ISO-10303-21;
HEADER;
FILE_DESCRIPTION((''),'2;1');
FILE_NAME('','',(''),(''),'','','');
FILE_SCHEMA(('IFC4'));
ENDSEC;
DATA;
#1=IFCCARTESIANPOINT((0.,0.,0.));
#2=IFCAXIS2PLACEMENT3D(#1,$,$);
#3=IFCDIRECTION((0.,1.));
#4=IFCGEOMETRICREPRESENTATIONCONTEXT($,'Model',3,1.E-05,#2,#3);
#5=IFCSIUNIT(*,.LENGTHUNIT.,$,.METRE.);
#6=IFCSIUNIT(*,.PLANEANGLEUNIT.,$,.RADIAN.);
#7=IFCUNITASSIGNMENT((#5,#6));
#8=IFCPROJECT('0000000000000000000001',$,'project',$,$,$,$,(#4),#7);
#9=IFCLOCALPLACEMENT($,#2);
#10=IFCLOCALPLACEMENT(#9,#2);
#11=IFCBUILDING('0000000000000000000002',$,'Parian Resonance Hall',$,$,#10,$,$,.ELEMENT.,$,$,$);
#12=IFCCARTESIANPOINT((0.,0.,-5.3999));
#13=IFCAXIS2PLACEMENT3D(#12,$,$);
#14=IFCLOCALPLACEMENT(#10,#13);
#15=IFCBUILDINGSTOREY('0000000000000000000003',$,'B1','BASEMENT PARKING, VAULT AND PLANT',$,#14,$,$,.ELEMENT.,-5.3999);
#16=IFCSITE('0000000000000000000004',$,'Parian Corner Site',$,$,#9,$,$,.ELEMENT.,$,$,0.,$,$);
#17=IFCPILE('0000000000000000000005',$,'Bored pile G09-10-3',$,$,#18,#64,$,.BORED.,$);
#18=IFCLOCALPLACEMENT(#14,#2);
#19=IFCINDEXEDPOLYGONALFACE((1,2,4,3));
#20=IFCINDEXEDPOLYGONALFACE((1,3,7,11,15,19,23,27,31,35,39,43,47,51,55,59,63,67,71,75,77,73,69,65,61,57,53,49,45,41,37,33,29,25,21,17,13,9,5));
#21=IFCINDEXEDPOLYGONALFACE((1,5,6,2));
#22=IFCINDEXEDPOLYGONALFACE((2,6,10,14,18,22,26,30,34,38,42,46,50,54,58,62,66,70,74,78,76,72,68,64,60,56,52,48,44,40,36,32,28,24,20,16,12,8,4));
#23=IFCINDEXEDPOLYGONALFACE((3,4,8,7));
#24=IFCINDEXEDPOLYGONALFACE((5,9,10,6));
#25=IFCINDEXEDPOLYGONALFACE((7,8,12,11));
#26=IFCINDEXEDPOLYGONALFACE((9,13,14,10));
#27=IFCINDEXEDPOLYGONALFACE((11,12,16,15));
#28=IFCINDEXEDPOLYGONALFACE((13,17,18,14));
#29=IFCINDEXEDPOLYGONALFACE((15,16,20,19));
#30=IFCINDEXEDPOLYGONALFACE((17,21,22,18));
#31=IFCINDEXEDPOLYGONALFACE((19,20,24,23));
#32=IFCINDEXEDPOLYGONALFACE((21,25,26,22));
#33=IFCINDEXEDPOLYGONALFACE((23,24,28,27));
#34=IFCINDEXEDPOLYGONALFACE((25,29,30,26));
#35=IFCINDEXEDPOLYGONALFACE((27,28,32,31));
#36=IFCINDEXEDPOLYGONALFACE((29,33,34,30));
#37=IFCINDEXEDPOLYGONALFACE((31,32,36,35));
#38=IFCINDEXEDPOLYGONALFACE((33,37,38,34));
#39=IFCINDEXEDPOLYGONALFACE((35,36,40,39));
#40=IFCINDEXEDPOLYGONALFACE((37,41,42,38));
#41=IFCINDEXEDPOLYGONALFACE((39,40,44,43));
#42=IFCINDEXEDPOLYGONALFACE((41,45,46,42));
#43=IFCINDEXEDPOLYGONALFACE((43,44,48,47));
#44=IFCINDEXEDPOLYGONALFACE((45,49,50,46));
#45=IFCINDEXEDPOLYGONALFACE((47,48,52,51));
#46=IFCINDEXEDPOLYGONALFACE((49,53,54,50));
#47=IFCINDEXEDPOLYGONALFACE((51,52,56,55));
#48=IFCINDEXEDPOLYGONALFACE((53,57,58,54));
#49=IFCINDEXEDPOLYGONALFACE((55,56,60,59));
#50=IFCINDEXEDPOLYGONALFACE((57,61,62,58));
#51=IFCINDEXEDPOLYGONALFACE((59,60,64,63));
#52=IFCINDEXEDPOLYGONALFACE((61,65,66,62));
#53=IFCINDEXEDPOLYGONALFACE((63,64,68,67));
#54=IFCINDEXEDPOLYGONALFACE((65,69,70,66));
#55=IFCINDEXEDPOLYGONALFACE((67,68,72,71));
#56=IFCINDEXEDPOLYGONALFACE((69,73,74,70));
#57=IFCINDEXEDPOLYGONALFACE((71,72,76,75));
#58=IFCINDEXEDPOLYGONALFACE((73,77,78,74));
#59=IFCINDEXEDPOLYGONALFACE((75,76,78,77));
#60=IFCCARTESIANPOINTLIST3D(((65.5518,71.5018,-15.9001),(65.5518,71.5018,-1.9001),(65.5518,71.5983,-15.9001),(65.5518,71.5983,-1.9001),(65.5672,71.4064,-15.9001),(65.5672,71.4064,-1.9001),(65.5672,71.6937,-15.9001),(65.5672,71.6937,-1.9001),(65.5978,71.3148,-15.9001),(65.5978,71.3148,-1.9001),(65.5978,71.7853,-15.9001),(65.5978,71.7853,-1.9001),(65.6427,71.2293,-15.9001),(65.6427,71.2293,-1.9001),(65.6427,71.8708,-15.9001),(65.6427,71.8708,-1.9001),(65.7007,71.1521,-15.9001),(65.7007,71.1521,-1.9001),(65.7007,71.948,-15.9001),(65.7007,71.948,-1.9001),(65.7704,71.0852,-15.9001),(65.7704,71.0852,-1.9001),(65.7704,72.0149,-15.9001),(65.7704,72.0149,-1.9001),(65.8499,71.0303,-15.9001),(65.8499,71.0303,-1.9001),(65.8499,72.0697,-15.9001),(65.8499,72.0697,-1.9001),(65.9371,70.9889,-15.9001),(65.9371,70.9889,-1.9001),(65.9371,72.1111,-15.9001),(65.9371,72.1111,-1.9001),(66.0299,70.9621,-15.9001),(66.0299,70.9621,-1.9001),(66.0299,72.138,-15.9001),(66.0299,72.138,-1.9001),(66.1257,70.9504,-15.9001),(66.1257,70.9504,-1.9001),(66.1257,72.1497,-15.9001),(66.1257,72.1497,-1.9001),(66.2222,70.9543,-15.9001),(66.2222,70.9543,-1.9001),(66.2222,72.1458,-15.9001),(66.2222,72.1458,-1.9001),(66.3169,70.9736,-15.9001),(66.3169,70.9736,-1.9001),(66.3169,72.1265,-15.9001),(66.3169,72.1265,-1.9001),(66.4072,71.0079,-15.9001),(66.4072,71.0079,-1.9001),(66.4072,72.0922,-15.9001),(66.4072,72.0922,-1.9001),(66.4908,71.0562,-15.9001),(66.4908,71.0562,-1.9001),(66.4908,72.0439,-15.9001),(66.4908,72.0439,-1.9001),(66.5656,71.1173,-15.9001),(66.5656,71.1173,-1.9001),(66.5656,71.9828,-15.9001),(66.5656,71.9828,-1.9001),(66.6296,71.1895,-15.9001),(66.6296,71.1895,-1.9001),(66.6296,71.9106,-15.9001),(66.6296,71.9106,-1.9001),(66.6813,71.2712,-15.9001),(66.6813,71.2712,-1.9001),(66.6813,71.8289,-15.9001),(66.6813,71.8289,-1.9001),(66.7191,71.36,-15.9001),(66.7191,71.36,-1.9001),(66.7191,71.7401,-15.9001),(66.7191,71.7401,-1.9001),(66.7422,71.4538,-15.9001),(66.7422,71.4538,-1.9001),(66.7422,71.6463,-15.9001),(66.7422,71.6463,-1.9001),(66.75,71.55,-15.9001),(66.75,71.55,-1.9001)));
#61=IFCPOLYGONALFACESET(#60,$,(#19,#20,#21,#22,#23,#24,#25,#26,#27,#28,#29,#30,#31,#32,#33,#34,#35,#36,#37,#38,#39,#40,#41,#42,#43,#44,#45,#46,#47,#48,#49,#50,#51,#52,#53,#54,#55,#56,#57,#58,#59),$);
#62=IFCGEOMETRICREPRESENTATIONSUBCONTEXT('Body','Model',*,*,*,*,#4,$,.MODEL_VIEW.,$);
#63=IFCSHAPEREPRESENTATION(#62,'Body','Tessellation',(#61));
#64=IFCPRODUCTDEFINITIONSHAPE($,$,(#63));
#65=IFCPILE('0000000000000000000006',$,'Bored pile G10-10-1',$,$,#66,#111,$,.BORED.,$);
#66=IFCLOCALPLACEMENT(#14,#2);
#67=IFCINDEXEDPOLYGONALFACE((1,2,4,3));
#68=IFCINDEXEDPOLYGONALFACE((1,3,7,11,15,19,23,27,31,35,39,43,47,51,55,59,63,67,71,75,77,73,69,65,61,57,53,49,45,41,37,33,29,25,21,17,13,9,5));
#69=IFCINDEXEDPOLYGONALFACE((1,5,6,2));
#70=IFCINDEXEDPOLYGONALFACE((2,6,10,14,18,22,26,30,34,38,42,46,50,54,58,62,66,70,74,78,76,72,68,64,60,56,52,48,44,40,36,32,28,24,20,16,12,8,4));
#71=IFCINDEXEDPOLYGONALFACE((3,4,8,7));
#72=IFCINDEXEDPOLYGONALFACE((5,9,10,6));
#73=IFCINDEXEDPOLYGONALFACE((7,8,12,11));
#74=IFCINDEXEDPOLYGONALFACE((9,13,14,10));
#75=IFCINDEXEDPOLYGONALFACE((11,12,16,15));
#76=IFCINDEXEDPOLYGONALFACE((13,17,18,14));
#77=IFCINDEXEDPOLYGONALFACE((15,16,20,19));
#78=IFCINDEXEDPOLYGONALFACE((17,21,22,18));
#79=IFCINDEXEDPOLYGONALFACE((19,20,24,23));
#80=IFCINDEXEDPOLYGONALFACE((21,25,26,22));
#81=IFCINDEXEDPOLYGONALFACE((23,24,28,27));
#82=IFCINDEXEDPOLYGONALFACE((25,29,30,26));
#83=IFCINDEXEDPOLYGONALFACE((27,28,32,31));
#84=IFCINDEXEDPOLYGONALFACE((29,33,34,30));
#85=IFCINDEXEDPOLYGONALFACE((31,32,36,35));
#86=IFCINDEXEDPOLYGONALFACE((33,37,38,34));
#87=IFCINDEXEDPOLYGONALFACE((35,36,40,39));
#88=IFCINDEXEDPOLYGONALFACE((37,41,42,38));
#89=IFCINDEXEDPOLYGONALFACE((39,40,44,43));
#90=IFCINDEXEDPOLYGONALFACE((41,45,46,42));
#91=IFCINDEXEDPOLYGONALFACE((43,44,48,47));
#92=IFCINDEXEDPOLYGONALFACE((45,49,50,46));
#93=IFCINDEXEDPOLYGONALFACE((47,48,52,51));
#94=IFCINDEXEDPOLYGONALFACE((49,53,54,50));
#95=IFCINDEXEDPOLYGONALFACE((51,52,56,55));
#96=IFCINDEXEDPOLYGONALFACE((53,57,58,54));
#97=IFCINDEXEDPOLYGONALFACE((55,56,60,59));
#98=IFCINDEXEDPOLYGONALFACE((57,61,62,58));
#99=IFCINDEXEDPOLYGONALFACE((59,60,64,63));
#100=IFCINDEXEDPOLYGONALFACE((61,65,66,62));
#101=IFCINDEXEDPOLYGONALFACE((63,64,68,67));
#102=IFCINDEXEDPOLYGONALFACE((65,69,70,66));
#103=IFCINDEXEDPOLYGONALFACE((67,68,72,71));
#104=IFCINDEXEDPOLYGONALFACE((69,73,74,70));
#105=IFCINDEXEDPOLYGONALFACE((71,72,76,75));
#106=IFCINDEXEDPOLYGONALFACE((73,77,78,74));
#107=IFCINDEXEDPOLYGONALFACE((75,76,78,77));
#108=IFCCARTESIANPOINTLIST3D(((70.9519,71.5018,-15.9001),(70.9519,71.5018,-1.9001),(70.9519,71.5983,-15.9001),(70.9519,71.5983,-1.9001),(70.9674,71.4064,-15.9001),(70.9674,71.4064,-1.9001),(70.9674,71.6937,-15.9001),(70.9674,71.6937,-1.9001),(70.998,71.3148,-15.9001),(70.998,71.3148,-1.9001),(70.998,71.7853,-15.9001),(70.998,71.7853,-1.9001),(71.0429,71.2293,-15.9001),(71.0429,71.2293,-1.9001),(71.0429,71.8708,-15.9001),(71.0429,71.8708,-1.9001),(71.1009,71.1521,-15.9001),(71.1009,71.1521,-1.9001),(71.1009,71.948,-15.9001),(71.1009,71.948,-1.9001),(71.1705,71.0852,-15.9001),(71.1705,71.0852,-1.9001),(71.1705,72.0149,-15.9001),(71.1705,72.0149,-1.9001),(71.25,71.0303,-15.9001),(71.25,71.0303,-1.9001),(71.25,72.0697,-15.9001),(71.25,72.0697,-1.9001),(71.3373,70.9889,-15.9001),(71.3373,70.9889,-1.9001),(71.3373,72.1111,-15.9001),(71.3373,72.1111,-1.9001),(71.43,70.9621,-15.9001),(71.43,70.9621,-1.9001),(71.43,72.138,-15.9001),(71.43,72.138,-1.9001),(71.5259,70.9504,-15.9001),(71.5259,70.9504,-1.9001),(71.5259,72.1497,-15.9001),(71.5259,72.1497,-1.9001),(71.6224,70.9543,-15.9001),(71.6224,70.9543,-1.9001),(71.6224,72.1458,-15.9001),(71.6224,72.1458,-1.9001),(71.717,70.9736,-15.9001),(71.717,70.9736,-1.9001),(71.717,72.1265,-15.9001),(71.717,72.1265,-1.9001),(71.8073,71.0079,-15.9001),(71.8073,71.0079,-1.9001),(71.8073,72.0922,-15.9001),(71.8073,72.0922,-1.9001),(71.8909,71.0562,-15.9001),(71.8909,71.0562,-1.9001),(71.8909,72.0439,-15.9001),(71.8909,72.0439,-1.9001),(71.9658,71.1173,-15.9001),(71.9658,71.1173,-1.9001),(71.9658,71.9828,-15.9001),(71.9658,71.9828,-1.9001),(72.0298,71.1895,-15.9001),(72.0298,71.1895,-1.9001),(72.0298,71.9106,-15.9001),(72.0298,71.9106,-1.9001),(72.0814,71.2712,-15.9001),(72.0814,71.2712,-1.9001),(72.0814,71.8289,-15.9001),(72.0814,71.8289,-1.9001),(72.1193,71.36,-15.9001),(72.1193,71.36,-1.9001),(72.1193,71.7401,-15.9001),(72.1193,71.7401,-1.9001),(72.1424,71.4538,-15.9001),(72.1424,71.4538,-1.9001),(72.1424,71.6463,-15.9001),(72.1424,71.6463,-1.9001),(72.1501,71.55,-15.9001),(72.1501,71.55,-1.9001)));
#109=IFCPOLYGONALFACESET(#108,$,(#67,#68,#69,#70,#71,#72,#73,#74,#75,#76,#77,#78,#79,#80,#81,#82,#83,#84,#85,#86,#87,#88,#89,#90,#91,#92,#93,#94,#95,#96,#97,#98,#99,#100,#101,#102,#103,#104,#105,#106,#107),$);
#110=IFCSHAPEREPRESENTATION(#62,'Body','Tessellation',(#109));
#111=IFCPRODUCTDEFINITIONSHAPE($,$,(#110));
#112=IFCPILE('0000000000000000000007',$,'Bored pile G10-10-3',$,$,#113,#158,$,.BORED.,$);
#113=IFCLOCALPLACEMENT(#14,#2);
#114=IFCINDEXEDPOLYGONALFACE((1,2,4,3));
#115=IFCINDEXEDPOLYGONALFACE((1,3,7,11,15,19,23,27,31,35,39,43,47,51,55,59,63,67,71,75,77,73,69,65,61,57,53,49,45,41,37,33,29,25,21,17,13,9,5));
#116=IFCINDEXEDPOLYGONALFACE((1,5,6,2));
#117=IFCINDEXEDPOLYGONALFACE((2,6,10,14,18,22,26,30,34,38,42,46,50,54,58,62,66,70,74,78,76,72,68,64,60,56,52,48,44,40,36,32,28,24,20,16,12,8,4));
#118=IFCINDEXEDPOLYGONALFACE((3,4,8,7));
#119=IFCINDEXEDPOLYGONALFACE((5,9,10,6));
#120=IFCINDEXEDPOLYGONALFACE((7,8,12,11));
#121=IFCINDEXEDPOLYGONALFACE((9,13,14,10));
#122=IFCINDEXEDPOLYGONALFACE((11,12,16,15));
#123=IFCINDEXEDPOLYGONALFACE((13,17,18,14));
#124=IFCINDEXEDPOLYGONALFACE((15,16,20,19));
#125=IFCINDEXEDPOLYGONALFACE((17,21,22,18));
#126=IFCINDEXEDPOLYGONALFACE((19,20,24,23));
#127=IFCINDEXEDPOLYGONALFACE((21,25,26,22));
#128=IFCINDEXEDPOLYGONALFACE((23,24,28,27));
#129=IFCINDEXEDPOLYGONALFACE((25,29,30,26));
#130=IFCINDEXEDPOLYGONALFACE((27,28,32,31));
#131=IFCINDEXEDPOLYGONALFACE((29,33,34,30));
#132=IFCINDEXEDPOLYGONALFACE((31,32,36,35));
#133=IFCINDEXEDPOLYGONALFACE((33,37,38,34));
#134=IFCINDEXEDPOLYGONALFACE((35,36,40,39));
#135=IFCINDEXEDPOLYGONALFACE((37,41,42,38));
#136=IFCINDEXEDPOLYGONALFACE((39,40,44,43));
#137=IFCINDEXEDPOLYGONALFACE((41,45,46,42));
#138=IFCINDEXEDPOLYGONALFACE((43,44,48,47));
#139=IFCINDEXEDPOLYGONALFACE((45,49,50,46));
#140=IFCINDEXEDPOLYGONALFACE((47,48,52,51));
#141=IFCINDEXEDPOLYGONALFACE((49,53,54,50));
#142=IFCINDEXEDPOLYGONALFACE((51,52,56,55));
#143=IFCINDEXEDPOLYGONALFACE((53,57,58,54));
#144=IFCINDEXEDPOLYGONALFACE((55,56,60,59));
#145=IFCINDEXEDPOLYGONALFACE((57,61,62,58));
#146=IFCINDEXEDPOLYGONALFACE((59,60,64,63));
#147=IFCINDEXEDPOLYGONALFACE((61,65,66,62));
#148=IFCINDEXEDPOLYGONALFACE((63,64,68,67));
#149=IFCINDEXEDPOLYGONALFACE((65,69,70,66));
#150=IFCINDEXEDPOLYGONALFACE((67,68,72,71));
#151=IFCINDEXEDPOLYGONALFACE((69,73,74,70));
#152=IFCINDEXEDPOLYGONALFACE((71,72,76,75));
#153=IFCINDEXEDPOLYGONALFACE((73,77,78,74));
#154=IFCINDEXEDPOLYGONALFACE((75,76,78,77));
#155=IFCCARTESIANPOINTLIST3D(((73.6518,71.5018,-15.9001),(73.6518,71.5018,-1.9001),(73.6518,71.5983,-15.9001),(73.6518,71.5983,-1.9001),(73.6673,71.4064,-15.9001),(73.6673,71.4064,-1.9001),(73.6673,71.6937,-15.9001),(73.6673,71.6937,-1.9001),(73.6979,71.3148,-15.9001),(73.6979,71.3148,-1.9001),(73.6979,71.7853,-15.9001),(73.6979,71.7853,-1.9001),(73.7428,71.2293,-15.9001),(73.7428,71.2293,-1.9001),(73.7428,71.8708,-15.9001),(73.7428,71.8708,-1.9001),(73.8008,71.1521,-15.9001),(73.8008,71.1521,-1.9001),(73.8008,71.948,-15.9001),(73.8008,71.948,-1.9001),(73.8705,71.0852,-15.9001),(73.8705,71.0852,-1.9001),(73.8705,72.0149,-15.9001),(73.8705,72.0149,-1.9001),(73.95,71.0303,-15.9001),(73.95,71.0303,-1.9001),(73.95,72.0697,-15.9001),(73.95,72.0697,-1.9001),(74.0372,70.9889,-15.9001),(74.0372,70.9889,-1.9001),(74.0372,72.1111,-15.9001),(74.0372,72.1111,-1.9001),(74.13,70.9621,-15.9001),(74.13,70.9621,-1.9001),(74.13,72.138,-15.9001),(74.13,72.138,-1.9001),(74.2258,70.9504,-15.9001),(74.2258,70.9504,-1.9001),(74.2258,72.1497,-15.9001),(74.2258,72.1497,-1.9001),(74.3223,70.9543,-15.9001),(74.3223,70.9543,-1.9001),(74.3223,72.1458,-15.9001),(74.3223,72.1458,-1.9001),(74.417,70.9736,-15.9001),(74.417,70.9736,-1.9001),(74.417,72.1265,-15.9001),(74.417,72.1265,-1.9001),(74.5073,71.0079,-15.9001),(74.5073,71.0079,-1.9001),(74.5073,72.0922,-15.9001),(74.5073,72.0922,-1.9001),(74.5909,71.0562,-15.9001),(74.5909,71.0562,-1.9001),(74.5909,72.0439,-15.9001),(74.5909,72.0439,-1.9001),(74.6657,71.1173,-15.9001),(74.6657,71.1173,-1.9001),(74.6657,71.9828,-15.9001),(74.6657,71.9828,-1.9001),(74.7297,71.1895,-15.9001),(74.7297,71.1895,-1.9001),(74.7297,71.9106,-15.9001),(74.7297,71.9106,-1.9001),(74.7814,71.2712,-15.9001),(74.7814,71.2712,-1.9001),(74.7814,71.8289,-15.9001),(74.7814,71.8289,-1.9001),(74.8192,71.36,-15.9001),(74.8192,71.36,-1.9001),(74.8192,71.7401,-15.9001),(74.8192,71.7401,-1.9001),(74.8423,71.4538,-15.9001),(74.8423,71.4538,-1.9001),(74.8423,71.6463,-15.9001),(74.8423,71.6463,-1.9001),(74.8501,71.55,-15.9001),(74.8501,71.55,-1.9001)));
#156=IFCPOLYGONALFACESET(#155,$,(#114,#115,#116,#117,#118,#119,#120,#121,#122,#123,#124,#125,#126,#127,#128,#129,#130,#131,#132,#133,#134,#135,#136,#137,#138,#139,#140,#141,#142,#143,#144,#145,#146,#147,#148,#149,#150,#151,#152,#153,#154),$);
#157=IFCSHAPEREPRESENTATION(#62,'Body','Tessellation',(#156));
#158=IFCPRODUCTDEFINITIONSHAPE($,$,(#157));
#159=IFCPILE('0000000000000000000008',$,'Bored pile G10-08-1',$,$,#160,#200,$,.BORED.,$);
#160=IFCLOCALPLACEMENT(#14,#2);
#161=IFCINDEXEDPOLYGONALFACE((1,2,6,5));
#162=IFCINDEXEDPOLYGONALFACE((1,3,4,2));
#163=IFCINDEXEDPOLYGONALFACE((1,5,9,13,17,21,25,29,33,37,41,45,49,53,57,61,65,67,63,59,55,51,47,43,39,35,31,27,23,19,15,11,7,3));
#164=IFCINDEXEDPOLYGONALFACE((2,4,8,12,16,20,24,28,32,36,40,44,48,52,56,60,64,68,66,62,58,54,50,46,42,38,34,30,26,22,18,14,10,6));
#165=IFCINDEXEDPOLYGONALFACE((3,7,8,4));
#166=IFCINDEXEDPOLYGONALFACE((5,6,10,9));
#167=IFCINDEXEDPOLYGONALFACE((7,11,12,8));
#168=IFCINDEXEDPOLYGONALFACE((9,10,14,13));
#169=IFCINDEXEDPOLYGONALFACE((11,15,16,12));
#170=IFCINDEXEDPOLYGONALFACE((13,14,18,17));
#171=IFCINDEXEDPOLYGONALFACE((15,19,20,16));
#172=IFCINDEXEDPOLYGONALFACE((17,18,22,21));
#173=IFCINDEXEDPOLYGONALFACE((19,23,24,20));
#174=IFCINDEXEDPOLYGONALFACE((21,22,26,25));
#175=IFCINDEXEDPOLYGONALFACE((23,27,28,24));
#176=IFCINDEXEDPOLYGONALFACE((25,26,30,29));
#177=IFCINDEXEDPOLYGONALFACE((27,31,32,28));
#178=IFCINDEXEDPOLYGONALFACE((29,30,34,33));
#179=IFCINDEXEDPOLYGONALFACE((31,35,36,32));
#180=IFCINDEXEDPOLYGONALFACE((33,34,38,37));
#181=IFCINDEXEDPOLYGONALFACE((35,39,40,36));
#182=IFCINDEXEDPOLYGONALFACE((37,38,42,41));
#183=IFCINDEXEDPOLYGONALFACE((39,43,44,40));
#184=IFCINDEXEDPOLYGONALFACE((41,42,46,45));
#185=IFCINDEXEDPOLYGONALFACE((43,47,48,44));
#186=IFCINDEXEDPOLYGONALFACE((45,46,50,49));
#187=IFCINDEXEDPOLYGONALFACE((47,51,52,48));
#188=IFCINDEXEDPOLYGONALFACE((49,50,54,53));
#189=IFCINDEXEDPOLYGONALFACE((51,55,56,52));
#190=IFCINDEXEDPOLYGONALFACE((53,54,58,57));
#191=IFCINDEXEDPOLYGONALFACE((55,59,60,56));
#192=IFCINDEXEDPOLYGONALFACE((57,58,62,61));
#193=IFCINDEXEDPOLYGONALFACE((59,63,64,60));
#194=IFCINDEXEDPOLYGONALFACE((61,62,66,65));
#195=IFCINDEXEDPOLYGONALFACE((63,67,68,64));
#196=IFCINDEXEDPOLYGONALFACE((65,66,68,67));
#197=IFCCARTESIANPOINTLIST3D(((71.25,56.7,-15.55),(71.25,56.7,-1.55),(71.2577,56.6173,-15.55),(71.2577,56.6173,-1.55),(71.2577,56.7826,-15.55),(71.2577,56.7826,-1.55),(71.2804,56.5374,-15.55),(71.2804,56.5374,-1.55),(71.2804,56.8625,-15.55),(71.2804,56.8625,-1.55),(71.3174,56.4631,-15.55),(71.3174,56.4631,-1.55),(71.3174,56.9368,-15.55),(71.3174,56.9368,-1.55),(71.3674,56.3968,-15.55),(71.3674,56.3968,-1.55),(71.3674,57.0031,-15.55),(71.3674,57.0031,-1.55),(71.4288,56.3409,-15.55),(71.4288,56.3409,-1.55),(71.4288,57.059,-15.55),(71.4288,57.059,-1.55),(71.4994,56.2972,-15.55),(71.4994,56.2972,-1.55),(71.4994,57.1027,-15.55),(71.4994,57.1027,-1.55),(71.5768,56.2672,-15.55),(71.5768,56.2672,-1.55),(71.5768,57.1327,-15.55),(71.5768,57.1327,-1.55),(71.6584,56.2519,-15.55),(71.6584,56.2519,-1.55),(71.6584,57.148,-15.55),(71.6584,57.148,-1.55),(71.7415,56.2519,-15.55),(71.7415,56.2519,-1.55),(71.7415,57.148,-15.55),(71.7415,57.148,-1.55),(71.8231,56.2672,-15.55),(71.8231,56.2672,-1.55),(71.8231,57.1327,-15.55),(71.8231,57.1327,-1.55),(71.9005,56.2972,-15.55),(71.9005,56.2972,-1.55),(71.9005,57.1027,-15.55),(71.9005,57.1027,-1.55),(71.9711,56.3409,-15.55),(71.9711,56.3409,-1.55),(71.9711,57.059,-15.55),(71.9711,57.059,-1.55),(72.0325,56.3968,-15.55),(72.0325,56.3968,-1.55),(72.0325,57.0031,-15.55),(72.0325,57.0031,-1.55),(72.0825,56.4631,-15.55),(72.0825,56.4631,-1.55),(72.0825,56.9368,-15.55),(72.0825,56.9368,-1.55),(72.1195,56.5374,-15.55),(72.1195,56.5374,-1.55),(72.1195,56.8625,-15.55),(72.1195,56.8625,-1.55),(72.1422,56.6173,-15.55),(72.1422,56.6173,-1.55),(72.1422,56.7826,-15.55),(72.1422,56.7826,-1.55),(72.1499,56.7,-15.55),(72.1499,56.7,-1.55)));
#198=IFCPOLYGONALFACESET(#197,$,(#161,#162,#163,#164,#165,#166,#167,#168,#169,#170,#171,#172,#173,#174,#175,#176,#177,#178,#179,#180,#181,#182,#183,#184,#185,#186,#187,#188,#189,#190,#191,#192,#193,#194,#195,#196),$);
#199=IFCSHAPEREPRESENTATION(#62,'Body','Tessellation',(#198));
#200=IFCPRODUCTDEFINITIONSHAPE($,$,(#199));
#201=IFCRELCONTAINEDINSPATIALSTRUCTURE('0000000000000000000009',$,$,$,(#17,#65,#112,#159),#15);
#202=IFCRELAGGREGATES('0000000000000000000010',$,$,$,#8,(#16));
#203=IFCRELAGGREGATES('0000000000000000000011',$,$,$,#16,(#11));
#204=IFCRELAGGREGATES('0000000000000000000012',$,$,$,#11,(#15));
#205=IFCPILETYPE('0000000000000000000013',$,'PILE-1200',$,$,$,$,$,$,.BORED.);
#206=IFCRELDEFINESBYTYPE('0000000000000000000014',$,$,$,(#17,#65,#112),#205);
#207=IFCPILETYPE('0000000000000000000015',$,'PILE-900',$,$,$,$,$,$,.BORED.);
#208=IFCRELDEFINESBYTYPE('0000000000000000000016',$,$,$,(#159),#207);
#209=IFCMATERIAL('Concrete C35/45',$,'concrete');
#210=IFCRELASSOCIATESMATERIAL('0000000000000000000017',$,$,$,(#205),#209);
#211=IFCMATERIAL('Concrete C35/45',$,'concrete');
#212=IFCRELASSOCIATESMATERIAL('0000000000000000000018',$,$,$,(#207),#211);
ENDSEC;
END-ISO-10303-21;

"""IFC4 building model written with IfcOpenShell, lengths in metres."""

from ifc_helpers import new_model, si_unit, direction, frame, origin, origin_2d, place, context, subcontext, project, spatial, circle, extrude, material, material_profile, profile_set, type_object, element, save


model = new_model("IFC4")

# Units and contexts
model_context = context("Model", 3, precision=1e-05, world=origin(), true_north=direction((0.0, 1.0)))
body_context = subcontext(model_context, "Body", "Model", "MODEL_VIEW")
ifc_project = project(units=[si_unit("LENGTHUNIT", "METRE"), si_unit("PLANEANGLEUNIT", "RADIAN")], contexts=[model_context])

# Site, building, storey
site_placement = place(None, origin())
site = spatial("IfcSite", under=ifc_project, at=site_placement, Name="Parian Corner Site", CompositionType="ELEMENT", RefElevation=0.0)
building_placement = place(site_placement, origin())
building = spatial("IfcBuilding", under=site, at=building_placement, Name="Parian Resonance Hall", CompositionType="ELEMENT")
storey_placement = place(building_placement, frame((0.0, 0.0, -5.3999)))
storey = spatial("IfcBuildingStorey", under=building, at=storey_placement, Name="B1", Description="BASEMENT PARKING, VAULT AND PLANT", CompositionType="ELEMENT", Elevation=-5.3999)

# Piles
ifc_material_1 = material(Name="Concrete C35/45", Category="concrete")
ifc_material_profile_1 = material_profile(ifc_material_1, circle(Radius=0.6001, at=origin_2d()), Name="PILE-D1200")
ifc_profile_set_1 = profile_set([ifc_material_profile_1], Name="Concrete C35/45")
pile_type_1 = type_object("IfcPileType", Name="PILE-1200", PredefinedType="BORED", material=ifc_profile_set_1)
for number, where, z_axis, x_axis, name in (
    (1, (66.1499, 71.55, -1.9001), (0.0, 0.0, -1.0), (1.0, 0.0, 0.0), "Bored pile G09-10-3"),
    (2, (71.55, 71.55, -1.9001), (0.0, 0.0, -1.0), (1.0, 0.0, 0.0), "Bored pile G10-10-1"),
    (3, (74.25, 71.55, -1.9001), (0.0, 0.0, -1.0), (1.0, 0.0, 0.0), "Bored pile G10-10-3"),
):
    element("IfcPile", number, at=place(storey_placement, frame(where, z_axis=z_axis, x_axis=x_axis)), inside=storey, type_object=pile_type_1, Name=name, PredefinedType="BORED", context=body_context, shape_type="SweptSolid", body=[
        extrude(circle(Radius=0.6001, at=origin_2d()), origin(), (0.0, 0.0, 1.0), 14.0),
    ])
ifc_material_2 = material(Name="Concrete C35/45", Category="concrete")
ifc_material_profile_2 = material_profile(ifc_material_2, circle(Radius=0.45, at=origin_2d()), Name="PILE-D900")
ifc_profile_set_2 = profile_set([ifc_material_profile_2], Name="Concrete C35/45")
pile_type_2 = type_object("IfcPileType", Name="PILE-900", PredefinedType="BORED", material=ifc_profile_set_2)
for number, where, z_axis, x_axis, name in (
    (4, (71.7, 56.7, -1.55), (0.0, 0.0, -1.0), (1.0, 0.0, 0.0), "Bored pile G10-08-1"),
):
    element("IfcPile", number, at=place(storey_placement, frame(where, z_axis=z_axis, x_axis=x_axis)), inside=storey, type_object=pile_type_2, Name=name, PredefinedType="BORED", context=body_context, shape_type="SweptSolid", body=[
        extrude(circle(Radius=0.45, at=origin_2d()), origin(), (0.0, 0.0, 1.0), 14.0),
    ])

save(model, "model.ifc")
